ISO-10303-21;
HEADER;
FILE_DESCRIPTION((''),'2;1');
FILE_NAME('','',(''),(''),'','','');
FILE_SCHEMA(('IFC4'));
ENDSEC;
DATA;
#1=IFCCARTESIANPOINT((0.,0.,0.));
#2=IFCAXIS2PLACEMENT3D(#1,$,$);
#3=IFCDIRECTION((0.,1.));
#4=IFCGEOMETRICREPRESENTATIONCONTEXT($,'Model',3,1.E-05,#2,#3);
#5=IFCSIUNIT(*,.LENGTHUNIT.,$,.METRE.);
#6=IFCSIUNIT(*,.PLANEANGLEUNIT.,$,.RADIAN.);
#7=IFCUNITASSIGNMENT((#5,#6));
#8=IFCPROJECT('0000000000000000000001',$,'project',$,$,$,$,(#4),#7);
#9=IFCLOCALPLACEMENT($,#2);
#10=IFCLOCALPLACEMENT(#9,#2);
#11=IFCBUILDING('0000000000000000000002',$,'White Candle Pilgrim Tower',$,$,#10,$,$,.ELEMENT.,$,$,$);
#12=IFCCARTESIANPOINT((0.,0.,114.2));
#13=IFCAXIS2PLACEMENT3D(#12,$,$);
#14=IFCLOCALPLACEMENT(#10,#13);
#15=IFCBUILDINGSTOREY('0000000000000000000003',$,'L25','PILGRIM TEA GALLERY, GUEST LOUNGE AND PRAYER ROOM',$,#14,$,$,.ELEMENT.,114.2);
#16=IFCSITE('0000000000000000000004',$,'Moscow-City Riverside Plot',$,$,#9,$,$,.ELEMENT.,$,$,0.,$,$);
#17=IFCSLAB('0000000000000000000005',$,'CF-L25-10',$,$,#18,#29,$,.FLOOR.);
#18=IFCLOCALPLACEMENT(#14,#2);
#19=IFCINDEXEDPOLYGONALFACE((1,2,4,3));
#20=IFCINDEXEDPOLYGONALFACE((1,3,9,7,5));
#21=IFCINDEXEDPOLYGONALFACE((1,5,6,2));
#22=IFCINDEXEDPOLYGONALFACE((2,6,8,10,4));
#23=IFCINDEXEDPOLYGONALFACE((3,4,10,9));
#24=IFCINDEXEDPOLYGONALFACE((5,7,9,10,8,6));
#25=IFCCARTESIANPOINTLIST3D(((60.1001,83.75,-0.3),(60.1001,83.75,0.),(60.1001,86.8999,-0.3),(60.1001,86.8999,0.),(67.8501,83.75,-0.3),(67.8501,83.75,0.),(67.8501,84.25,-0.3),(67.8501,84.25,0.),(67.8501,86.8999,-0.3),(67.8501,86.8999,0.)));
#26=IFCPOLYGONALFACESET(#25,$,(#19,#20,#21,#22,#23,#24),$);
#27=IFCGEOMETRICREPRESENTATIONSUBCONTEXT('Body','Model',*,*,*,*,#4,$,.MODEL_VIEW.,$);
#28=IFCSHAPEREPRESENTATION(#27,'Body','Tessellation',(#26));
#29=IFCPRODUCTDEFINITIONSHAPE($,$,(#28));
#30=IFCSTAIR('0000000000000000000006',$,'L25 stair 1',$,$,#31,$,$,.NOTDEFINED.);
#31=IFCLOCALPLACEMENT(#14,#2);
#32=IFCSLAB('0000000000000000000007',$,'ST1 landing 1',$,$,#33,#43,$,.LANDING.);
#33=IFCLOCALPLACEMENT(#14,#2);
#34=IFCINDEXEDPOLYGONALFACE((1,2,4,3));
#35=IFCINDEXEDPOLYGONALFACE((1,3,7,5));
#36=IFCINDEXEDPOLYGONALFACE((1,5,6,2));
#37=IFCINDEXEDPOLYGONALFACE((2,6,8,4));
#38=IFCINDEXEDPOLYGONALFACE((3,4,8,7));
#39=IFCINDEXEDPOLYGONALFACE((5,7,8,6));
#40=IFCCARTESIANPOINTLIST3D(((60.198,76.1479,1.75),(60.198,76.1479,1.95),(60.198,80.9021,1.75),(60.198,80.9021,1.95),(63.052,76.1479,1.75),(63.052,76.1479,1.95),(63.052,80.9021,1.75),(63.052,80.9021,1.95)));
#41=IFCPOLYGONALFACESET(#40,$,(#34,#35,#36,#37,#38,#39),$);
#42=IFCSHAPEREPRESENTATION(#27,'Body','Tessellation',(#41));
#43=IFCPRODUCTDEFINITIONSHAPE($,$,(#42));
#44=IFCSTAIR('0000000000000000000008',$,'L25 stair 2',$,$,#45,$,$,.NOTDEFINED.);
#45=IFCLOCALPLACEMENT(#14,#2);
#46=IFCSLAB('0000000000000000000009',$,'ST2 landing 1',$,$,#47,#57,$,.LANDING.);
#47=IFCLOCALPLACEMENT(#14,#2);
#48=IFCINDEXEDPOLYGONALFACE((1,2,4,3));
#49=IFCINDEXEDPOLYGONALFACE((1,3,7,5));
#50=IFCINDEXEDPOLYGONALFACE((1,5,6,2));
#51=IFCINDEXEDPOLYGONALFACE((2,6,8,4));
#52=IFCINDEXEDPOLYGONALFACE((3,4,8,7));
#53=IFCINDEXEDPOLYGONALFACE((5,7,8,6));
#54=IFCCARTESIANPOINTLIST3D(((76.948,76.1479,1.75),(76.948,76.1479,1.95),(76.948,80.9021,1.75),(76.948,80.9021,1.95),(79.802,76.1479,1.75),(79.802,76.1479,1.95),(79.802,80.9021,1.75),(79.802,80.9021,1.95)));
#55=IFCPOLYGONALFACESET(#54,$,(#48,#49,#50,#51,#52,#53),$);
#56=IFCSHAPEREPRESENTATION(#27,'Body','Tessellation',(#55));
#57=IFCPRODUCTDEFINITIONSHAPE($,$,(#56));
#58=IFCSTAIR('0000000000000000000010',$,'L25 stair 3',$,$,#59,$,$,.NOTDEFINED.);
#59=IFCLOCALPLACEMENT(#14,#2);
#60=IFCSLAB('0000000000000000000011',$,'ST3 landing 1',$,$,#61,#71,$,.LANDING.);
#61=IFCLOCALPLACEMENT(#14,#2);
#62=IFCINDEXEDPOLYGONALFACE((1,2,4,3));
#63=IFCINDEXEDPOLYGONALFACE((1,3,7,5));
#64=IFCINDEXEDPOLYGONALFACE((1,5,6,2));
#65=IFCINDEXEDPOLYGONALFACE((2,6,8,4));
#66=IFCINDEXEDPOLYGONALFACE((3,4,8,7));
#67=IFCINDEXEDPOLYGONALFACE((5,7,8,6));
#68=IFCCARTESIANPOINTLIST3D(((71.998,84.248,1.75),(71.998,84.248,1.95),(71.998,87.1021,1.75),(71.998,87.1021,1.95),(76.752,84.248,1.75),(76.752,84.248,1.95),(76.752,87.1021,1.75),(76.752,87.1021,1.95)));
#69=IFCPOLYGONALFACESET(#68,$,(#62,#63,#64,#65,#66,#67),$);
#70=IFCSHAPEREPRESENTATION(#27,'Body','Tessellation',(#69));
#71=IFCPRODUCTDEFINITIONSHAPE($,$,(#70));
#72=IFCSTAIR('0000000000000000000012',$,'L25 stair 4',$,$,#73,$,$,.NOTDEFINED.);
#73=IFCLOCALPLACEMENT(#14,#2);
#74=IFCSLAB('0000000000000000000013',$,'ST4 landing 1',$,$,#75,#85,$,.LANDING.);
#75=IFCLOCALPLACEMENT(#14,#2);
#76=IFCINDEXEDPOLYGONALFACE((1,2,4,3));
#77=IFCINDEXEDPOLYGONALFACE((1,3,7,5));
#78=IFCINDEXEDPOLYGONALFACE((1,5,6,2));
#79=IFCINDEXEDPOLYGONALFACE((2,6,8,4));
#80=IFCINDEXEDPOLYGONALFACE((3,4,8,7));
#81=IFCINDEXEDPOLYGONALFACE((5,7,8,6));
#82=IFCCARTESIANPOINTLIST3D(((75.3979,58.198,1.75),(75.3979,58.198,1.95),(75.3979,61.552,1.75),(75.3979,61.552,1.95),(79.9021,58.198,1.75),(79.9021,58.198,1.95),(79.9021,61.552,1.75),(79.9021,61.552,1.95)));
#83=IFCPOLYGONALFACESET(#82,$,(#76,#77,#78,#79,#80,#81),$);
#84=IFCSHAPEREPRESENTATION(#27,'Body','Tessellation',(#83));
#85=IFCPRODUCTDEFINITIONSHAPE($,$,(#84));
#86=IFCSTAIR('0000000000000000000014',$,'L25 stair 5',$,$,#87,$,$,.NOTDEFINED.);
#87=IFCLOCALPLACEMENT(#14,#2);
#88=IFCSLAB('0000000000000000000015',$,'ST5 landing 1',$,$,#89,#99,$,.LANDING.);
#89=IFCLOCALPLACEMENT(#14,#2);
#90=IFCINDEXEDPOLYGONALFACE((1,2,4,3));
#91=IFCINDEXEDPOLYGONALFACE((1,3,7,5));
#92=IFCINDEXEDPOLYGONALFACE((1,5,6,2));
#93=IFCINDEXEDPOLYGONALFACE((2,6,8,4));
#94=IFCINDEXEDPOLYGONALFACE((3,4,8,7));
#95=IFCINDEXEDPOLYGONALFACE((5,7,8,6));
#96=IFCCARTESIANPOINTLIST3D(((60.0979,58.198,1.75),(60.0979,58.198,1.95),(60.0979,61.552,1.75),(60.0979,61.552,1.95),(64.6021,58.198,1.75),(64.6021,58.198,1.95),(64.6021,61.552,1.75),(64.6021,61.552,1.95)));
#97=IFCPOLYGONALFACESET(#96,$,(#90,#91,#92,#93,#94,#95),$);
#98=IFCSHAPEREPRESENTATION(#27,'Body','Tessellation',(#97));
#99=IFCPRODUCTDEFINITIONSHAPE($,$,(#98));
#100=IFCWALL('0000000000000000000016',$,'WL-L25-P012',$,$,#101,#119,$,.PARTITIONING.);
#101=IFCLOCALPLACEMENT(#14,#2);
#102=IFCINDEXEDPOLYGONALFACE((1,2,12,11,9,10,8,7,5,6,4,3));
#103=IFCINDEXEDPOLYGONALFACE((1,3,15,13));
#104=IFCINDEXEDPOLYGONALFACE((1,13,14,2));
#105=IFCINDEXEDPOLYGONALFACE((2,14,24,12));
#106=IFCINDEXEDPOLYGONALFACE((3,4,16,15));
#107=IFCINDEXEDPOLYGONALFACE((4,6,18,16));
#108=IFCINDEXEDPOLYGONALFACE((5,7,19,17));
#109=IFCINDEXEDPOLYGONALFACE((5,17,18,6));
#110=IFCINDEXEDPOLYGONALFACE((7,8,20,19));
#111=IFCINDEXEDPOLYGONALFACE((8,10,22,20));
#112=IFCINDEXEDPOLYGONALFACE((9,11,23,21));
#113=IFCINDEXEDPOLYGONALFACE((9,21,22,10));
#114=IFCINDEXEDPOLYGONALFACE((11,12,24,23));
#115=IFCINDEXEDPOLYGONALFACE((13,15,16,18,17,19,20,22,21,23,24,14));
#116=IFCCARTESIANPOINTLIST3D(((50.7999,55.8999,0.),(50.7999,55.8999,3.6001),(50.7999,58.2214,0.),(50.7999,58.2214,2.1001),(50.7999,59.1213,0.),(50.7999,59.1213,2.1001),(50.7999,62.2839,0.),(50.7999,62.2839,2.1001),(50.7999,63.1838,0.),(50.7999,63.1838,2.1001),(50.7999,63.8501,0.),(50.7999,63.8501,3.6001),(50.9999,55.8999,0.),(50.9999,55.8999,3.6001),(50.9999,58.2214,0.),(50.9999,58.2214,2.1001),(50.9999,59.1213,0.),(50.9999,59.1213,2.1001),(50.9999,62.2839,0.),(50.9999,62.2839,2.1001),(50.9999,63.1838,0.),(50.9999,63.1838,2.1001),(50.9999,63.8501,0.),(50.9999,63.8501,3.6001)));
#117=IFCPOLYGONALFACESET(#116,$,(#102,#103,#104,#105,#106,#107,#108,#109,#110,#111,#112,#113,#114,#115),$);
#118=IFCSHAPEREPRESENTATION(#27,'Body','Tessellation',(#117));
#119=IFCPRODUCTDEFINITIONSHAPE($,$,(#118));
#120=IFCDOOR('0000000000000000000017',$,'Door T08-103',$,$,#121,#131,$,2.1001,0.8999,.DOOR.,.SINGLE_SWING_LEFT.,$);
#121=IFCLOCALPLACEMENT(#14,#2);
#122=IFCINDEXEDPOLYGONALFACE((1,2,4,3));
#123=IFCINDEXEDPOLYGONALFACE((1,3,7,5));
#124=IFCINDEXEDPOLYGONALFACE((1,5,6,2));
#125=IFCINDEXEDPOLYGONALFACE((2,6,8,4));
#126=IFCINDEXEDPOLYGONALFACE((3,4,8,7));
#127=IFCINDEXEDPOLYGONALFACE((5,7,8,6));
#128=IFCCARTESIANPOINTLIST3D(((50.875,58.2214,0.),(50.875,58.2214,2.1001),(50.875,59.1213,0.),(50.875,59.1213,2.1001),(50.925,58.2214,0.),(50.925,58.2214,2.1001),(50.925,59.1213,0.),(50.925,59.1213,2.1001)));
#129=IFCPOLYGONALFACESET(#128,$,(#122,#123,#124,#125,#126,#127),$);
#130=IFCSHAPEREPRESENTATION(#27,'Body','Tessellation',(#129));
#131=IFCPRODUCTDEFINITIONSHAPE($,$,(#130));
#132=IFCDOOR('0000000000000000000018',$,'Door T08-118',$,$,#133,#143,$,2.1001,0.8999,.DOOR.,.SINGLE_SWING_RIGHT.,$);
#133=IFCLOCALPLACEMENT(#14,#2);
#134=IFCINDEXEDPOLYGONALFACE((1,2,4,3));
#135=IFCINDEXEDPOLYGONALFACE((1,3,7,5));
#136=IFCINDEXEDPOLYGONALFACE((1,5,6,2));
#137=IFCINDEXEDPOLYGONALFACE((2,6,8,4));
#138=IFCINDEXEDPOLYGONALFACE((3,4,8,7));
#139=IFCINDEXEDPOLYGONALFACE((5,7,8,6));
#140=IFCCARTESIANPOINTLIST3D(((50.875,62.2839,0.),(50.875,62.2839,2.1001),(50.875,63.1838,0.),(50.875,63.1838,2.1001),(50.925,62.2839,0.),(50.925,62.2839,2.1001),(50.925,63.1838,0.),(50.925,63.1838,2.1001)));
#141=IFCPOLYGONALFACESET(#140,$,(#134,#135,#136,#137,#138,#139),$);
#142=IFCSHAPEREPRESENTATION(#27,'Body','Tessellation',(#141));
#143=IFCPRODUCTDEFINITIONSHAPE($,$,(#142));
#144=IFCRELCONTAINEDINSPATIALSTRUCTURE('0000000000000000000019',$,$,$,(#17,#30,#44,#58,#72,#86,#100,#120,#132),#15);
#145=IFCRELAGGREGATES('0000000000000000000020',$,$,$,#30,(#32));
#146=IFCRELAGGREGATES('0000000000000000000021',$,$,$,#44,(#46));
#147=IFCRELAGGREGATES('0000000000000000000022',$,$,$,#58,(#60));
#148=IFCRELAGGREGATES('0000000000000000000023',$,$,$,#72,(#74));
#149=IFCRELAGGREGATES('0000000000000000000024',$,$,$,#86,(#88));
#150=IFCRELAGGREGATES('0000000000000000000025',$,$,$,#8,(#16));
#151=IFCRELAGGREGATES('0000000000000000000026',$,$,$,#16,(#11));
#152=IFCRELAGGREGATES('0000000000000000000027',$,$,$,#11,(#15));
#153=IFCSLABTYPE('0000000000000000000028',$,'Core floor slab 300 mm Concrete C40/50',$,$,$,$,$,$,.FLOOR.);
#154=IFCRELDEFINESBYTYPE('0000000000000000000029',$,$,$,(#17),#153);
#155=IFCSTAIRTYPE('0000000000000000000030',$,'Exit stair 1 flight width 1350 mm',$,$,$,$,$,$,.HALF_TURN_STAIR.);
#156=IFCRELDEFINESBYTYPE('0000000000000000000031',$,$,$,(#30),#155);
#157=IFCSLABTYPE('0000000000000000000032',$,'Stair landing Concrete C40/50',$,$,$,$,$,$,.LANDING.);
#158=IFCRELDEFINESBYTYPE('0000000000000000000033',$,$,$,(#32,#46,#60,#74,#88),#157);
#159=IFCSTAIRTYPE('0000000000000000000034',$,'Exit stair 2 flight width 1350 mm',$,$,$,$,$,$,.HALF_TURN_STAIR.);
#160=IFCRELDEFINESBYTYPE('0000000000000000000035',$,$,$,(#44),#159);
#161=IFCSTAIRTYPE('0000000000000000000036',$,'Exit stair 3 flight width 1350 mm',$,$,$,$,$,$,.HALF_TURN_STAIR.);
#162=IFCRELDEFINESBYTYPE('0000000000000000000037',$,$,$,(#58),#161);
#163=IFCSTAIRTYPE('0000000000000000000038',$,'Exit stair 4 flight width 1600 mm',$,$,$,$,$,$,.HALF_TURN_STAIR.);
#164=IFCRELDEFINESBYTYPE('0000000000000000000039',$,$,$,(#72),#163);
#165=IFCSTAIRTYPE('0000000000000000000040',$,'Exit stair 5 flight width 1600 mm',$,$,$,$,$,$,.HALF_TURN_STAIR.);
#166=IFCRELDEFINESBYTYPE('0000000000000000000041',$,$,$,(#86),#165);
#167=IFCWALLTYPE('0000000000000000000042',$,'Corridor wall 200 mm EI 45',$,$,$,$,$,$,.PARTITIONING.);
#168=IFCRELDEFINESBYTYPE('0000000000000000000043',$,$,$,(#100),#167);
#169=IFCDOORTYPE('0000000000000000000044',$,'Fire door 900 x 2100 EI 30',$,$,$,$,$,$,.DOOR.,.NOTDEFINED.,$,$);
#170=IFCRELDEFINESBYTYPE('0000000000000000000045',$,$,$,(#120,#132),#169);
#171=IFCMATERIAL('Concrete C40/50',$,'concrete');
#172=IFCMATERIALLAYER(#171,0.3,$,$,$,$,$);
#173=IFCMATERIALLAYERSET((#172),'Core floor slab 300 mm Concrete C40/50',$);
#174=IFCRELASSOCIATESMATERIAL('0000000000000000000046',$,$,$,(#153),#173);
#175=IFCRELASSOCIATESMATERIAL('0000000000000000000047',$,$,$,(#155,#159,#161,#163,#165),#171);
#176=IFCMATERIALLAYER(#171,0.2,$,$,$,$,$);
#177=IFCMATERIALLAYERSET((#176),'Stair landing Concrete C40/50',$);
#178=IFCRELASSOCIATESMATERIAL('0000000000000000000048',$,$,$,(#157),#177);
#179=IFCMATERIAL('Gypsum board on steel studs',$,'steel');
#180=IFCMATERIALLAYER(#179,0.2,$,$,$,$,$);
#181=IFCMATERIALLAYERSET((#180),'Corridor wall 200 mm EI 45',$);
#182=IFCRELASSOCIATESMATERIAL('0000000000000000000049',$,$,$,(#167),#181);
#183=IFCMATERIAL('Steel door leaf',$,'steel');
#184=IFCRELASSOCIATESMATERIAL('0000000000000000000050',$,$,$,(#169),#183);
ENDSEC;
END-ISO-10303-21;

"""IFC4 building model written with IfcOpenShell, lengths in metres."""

from ifc_helpers import new_model, si_unit, direction, frame, frame_2d, origin, place, context, subcontext, project, spatial, polyline, rectangle, outline, extrude, material, layer, layer_set, type_object, element, fill, aggregate, save


model = new_model("IFC4")

# Units and contexts
model_context = context("Model", 3, precision=1e-05, world=origin(), true_north=direction((0.0, 1.0)))
body_context = subcontext(model_context, "Body", "Model", "MODEL_VIEW")
ifc_project = project(units=[si_unit("LENGTHUNIT", "METRE"), si_unit("PLANEANGLEUNIT", "RADIAN")], contexts=[model_context])

# Site, building, storey
site_placement = place(None, origin())
site = spatial("IfcSite", under=ifc_project, at=site_placement, Name="Moscow-City Riverside Plot", CompositionType="ELEMENT", RefElevation=0.0)
building_placement = place(site_placement, origin())
building = spatial("IfcBuilding", under=site, at=building_placement, Name="White Candle Pilgrim Tower", CompositionType="ELEMENT")
storey_placement = place(building_placement, frame((0.0, 0.0, 114.2)))
storey = spatial("IfcBuildingStorey", under=building, at=storey_placement, Name="L25", Description="PILGRIM TEA GALLERY, GUEST LOUNGE AND PRAYER ROOM", CompositionType="ELEMENT", Elevation=114.2)

# Slab
ifc_material_1 = material(Name="Concrete C40/50", Category="concrete")
ifc_layer_1 = layer(ifc_material_1, 0.3)
ifc_layer_set_1 = layer_set([ifc_layer_1], Name="Core floor slab 300 mm Concrete C40/50")
slab_type_1 = type_object("IfcSlabType", Name="Core floor slab 300 mm Concrete C40/50", PredefinedType="FLOOR", material=ifc_layer_set_1)
slab_1_placement = place(storey_placement, frame((0.0, 0.0, -0.3)))
element("IfcSlab", 1, at=slab_1_placement, inside=storey, type_object=slab_type_1, Name="CF-L25-10", PredefinedType="FLOOR", context=body_context, shape_type="SweptSolid", body=[
    extrude(outline(polyline([(60.1001, 86.8999), (67.8501, 86.8999), (67.8501, 84.25), (67.8501, 83.75), (60.1001, 83.75), (60.1001, 86.8999)])), origin(), (0.0, 0.0, 1.0), 0.3),
])

# Stairs, slabs
stair_type_1 = type_object("IfcStairType", Name="Exit stair 1 flight width 1350 mm", PredefinedType="HALF_TURN_STAIR", material=ifc_material_1)
stair_1_placement = place(storey_placement, origin())
stair_1 = element("IfcStair", 2, at=stair_1_placement, inside=storey, type_object=stair_type_1, Name="L25 stair 1", PredefinedType="NOTDEFINED")
ifc_layer_2 = layer(ifc_material_1, 0.2)
ifc_layer_set_2 = layer_set([ifc_layer_2], Name="Stair landing Concrete C40/50")
slab_type_2 = type_object("IfcSlabType", Name="Stair landing Concrete C40/50", PredefinedType="LANDING", material=ifc_layer_set_2)
slab_2_placement = place(storey_placement, frame((0.0, 0.0, 1.75)))
slab_2 = element("IfcSlab", 3, at=slab_2_placement, type_object=slab_type_2, Name="ST1 landing 1", PredefinedType="LANDING", context=body_context, shape_type="SweptSolid", body=[
    extrude(outline(polyline([(63.052, 76.1479), (60.198, 76.1479), (60.198, 80.9021), (63.052, 80.9021), (63.052, 76.1479)])), origin(), (0.0, 0.0, 1.0), 0.2),
])
aggregate(stair_1, [slab_2])
stair_type_2 = type_object("IfcStairType", Name="Exit stair 2 flight width 1350 mm", PredefinedType="HALF_TURN_STAIR", material=ifc_material_1)
stair_2_placement = place(storey_placement, origin())
stair_2 = element("IfcStair", 4, at=stair_2_placement, inside=storey, type_object=stair_type_2, Name="L25 stair 2", PredefinedType="NOTDEFINED")
slab_3_placement = place(storey_placement, frame((0.0, 0.0, 1.75)))
slab_3 = element("IfcSlab", 5, at=slab_3_placement, type_object=slab_type_2, Name="ST2 landing 1", PredefinedType="LANDING", context=body_context, shape_type="SweptSolid", body=[
    extrude(outline(polyline([(79.802, 76.1479), (76.948, 76.1479), (76.948, 80.9021), (79.802, 80.9021), (79.802, 76.1479)])), origin(), (0.0, 0.0, 1.0), 0.2),
])
aggregate(stair_2, [slab_3])
stair_type_3 = type_object("IfcStairType", Name="Exit stair 3 flight width 1350 mm", PredefinedType="HALF_TURN_STAIR", material=ifc_material_1)
stair_3_placement = place(storey_placement, origin())
stair_3 = element("IfcStair", 6, at=stair_3_placement, inside=storey, type_object=stair_type_3, Name="L25 stair 3", PredefinedType="NOTDEFINED")
slab_4_placement = place(storey_placement, frame((0.0, 0.0, 1.75)))
slab_4 = element("IfcSlab", 7, at=slab_4_placement, type_object=slab_type_2, Name="ST3 landing 1", PredefinedType="LANDING", context=body_context, shape_type="SweptSolid", body=[
    extrude(outline(polyline([(71.998, 84.248), (71.998, 87.1021), (76.752, 87.1021), (76.752, 84.248), (71.998, 84.248)])), origin(), (0.0, 0.0, 1.0), 0.2),
])
aggregate(stair_3, [slab_4])
stair_type_4 = type_object("IfcStairType", Name="Exit stair 4 flight width 1600 mm", PredefinedType="HALF_TURN_STAIR", material=ifc_material_1)
stair_4_placement = place(storey_placement, origin())
stair_4 = element("IfcStair", 8, at=stair_4_placement, inside=storey, type_object=stair_type_4, Name="L25 stair 4", PredefinedType="NOTDEFINED")
slab_5_placement = place(storey_placement, frame((0.0, 0.0, 1.75)))
slab_5 = element("IfcSlab", 9, at=slab_5_placement, type_object=slab_type_2, Name="ST4 landing 1", PredefinedType="LANDING", context=body_context, shape_type="SweptSolid", body=[
    extrude(outline(polyline([(79.9021, 61.552), (79.9021, 58.198), (75.3979, 58.198), (75.3979, 61.552), (79.9021, 61.552)])), origin(), (0.0, 0.0, 1.0), 0.2),
])
aggregate(stair_4, [slab_5])
stair_type_5 = type_object("IfcStairType", Name="Exit stair 5 flight width 1600 mm", PredefinedType="HALF_TURN_STAIR", material=ifc_material_1)
stair_5_placement = place(storey_placement, origin())
stair_5 = element("IfcStair", 10, at=stair_5_placement, inside=storey, type_object=stair_type_5, Name="L25 stair 5", PredefinedType="NOTDEFINED")
slab_6_placement = place(storey_placement, frame((0.0, 0.0, 1.75)))
slab_6 = element("IfcSlab", 11, at=slab_6_placement, type_object=slab_type_2, Name="ST5 landing 1", PredefinedType="LANDING", context=body_context, shape_type="SweptSolid", body=[
    extrude(outline(polyline([(60.0979, 58.198), (60.0979, 61.552), (64.6021, 61.552), (64.6021, 58.198), (60.0979, 58.198)])), origin(), (0.0, 0.0, 1.0), 0.2),
])
aggregate(stair_5, [slab_6])

# Wall, openings, doors
ifc_material_2 = material(Name="Gypsum board on steel studs", Category="steel")
ifc_layer_3 = layer(ifc_material_2, 0.2)
ifc_layer_set_3 = layer_set([ifc_layer_3], Name="Corridor wall 200 mm EI 45")
wall_type_1 = type_object("IfcWallType", Name="Corridor wall 200 mm EI 45", PredefinedType="PARTITIONING", material=ifc_layer_set_3)
wall_1_placement = place(storey_placement, frame((50.8999, 55.8999, 0.0), z_axis=(0.0, 0.0, 1.0), x_axis=(0.0, 1.0, 0.0)))
wall_1 = element("IfcWall", 12, at=wall_1_placement, inside=storey, type_object=wall_type_1, Name="WL-L25-P012", PredefinedType="PARTITIONING", context=body_context, shape_type="SweptSolid", body=[
    extrude(rectangle(XDim=7.9502, YDim=0.2, at=frame_2d((3.9751, 0.0))), origin(), (0.0, 0.0, 1.0), 3.6001),
])
opening_1_placement = place(wall_1_placement, frame((2.3215, 0.0, 0.0)))
opening_1 = element("IfcOpeningElement", 13, at=opening_1_placement, cuts=wall_1, PredefinedType="OPENING", context=body_context, shape_type="SweptSolid", body=[
    extrude(rectangle(XDim=0.8999, YDim=2.1001, at=frame_2d((0.45, 1.05))), frame((0.0, 0.1099, 0.0), z_axis=(0.0, -1.0, 0.0), x_axis=(1.0, 0.0, 0.0)), (0.0, 0.0, 1.0), 0.22),
])
opening_2_placement = place(wall_1_placement, frame((6.384, 0.0, 0.0)))
opening_2 = element("IfcOpeningElement", 14, at=opening_2_placement, cuts=wall_1, PredefinedType="OPENING", context=body_context, shape_type="SweptSolid", body=[
    extrude(rectangle(XDim=0.8999, YDim=2.1001, at=frame_2d((0.45, 1.05))), frame((0.0, 0.1099, 0.0), z_axis=(0.0, -1.0, 0.0), x_axis=(1.0, 0.0, 0.0)), (0.0, 0.0, 1.0), 0.22),
])
ifc_material_3 = material(Name="Steel door leaf", Category="steel")
door_type = type_object("IfcDoorType", Name="Fire door 900 x 2100 EI 30", OperationType="NOTDEFINED", PredefinedType="DOOR", material=ifc_material_3)
door_1_placement = place(opening_1_placement, origin())
door_1 = element("IfcDoor", 15, at=door_1_placement, inside=storey, type_object=door_type, Name="Door T08-103", OperationType="SINGLE_SWING_LEFT", OverallHeight=2.1001, OverallWidth=0.8999, PredefinedType="DOOR", context=body_context, shape_type="SweptSolid", body=[
    extrude(rectangle(XDim=0.8999, YDim=2.1001, at=frame_2d((0.45, 1.05))), frame((0.0, 0.0249, 0.0), z_axis=(0.0, -1.0, 0.0), x_axis=(1.0, 0.0, 0.0)), (0.0, 0.0, 1.0), 0.05),
])
fill(opening_1, door_1)
door_2_placement = place(opening_2_placement, origin())
door_2 = element("IfcDoor", 16, at=door_2_placement, inside=storey, type_object=door_type, Name="Door T08-118", OperationType="SINGLE_SWING_RIGHT", OverallHeight=2.1001, OverallWidth=0.8999, PredefinedType="DOOR", context=body_context, shape_type="SweptSolid", body=[
    extrude(rectangle(XDim=0.8999, YDim=2.1001, at=frame_2d((0.45, 1.05))), frame((0.0, 0.0249, 0.0), z_axis=(0.0, -1.0, 0.0), x_axis=(1.0, 0.0, 0.0)), (0.0, 0.0, 1.0), 0.05),
])
fill(opening_2, door_2)

save(model, "model.ifc")
